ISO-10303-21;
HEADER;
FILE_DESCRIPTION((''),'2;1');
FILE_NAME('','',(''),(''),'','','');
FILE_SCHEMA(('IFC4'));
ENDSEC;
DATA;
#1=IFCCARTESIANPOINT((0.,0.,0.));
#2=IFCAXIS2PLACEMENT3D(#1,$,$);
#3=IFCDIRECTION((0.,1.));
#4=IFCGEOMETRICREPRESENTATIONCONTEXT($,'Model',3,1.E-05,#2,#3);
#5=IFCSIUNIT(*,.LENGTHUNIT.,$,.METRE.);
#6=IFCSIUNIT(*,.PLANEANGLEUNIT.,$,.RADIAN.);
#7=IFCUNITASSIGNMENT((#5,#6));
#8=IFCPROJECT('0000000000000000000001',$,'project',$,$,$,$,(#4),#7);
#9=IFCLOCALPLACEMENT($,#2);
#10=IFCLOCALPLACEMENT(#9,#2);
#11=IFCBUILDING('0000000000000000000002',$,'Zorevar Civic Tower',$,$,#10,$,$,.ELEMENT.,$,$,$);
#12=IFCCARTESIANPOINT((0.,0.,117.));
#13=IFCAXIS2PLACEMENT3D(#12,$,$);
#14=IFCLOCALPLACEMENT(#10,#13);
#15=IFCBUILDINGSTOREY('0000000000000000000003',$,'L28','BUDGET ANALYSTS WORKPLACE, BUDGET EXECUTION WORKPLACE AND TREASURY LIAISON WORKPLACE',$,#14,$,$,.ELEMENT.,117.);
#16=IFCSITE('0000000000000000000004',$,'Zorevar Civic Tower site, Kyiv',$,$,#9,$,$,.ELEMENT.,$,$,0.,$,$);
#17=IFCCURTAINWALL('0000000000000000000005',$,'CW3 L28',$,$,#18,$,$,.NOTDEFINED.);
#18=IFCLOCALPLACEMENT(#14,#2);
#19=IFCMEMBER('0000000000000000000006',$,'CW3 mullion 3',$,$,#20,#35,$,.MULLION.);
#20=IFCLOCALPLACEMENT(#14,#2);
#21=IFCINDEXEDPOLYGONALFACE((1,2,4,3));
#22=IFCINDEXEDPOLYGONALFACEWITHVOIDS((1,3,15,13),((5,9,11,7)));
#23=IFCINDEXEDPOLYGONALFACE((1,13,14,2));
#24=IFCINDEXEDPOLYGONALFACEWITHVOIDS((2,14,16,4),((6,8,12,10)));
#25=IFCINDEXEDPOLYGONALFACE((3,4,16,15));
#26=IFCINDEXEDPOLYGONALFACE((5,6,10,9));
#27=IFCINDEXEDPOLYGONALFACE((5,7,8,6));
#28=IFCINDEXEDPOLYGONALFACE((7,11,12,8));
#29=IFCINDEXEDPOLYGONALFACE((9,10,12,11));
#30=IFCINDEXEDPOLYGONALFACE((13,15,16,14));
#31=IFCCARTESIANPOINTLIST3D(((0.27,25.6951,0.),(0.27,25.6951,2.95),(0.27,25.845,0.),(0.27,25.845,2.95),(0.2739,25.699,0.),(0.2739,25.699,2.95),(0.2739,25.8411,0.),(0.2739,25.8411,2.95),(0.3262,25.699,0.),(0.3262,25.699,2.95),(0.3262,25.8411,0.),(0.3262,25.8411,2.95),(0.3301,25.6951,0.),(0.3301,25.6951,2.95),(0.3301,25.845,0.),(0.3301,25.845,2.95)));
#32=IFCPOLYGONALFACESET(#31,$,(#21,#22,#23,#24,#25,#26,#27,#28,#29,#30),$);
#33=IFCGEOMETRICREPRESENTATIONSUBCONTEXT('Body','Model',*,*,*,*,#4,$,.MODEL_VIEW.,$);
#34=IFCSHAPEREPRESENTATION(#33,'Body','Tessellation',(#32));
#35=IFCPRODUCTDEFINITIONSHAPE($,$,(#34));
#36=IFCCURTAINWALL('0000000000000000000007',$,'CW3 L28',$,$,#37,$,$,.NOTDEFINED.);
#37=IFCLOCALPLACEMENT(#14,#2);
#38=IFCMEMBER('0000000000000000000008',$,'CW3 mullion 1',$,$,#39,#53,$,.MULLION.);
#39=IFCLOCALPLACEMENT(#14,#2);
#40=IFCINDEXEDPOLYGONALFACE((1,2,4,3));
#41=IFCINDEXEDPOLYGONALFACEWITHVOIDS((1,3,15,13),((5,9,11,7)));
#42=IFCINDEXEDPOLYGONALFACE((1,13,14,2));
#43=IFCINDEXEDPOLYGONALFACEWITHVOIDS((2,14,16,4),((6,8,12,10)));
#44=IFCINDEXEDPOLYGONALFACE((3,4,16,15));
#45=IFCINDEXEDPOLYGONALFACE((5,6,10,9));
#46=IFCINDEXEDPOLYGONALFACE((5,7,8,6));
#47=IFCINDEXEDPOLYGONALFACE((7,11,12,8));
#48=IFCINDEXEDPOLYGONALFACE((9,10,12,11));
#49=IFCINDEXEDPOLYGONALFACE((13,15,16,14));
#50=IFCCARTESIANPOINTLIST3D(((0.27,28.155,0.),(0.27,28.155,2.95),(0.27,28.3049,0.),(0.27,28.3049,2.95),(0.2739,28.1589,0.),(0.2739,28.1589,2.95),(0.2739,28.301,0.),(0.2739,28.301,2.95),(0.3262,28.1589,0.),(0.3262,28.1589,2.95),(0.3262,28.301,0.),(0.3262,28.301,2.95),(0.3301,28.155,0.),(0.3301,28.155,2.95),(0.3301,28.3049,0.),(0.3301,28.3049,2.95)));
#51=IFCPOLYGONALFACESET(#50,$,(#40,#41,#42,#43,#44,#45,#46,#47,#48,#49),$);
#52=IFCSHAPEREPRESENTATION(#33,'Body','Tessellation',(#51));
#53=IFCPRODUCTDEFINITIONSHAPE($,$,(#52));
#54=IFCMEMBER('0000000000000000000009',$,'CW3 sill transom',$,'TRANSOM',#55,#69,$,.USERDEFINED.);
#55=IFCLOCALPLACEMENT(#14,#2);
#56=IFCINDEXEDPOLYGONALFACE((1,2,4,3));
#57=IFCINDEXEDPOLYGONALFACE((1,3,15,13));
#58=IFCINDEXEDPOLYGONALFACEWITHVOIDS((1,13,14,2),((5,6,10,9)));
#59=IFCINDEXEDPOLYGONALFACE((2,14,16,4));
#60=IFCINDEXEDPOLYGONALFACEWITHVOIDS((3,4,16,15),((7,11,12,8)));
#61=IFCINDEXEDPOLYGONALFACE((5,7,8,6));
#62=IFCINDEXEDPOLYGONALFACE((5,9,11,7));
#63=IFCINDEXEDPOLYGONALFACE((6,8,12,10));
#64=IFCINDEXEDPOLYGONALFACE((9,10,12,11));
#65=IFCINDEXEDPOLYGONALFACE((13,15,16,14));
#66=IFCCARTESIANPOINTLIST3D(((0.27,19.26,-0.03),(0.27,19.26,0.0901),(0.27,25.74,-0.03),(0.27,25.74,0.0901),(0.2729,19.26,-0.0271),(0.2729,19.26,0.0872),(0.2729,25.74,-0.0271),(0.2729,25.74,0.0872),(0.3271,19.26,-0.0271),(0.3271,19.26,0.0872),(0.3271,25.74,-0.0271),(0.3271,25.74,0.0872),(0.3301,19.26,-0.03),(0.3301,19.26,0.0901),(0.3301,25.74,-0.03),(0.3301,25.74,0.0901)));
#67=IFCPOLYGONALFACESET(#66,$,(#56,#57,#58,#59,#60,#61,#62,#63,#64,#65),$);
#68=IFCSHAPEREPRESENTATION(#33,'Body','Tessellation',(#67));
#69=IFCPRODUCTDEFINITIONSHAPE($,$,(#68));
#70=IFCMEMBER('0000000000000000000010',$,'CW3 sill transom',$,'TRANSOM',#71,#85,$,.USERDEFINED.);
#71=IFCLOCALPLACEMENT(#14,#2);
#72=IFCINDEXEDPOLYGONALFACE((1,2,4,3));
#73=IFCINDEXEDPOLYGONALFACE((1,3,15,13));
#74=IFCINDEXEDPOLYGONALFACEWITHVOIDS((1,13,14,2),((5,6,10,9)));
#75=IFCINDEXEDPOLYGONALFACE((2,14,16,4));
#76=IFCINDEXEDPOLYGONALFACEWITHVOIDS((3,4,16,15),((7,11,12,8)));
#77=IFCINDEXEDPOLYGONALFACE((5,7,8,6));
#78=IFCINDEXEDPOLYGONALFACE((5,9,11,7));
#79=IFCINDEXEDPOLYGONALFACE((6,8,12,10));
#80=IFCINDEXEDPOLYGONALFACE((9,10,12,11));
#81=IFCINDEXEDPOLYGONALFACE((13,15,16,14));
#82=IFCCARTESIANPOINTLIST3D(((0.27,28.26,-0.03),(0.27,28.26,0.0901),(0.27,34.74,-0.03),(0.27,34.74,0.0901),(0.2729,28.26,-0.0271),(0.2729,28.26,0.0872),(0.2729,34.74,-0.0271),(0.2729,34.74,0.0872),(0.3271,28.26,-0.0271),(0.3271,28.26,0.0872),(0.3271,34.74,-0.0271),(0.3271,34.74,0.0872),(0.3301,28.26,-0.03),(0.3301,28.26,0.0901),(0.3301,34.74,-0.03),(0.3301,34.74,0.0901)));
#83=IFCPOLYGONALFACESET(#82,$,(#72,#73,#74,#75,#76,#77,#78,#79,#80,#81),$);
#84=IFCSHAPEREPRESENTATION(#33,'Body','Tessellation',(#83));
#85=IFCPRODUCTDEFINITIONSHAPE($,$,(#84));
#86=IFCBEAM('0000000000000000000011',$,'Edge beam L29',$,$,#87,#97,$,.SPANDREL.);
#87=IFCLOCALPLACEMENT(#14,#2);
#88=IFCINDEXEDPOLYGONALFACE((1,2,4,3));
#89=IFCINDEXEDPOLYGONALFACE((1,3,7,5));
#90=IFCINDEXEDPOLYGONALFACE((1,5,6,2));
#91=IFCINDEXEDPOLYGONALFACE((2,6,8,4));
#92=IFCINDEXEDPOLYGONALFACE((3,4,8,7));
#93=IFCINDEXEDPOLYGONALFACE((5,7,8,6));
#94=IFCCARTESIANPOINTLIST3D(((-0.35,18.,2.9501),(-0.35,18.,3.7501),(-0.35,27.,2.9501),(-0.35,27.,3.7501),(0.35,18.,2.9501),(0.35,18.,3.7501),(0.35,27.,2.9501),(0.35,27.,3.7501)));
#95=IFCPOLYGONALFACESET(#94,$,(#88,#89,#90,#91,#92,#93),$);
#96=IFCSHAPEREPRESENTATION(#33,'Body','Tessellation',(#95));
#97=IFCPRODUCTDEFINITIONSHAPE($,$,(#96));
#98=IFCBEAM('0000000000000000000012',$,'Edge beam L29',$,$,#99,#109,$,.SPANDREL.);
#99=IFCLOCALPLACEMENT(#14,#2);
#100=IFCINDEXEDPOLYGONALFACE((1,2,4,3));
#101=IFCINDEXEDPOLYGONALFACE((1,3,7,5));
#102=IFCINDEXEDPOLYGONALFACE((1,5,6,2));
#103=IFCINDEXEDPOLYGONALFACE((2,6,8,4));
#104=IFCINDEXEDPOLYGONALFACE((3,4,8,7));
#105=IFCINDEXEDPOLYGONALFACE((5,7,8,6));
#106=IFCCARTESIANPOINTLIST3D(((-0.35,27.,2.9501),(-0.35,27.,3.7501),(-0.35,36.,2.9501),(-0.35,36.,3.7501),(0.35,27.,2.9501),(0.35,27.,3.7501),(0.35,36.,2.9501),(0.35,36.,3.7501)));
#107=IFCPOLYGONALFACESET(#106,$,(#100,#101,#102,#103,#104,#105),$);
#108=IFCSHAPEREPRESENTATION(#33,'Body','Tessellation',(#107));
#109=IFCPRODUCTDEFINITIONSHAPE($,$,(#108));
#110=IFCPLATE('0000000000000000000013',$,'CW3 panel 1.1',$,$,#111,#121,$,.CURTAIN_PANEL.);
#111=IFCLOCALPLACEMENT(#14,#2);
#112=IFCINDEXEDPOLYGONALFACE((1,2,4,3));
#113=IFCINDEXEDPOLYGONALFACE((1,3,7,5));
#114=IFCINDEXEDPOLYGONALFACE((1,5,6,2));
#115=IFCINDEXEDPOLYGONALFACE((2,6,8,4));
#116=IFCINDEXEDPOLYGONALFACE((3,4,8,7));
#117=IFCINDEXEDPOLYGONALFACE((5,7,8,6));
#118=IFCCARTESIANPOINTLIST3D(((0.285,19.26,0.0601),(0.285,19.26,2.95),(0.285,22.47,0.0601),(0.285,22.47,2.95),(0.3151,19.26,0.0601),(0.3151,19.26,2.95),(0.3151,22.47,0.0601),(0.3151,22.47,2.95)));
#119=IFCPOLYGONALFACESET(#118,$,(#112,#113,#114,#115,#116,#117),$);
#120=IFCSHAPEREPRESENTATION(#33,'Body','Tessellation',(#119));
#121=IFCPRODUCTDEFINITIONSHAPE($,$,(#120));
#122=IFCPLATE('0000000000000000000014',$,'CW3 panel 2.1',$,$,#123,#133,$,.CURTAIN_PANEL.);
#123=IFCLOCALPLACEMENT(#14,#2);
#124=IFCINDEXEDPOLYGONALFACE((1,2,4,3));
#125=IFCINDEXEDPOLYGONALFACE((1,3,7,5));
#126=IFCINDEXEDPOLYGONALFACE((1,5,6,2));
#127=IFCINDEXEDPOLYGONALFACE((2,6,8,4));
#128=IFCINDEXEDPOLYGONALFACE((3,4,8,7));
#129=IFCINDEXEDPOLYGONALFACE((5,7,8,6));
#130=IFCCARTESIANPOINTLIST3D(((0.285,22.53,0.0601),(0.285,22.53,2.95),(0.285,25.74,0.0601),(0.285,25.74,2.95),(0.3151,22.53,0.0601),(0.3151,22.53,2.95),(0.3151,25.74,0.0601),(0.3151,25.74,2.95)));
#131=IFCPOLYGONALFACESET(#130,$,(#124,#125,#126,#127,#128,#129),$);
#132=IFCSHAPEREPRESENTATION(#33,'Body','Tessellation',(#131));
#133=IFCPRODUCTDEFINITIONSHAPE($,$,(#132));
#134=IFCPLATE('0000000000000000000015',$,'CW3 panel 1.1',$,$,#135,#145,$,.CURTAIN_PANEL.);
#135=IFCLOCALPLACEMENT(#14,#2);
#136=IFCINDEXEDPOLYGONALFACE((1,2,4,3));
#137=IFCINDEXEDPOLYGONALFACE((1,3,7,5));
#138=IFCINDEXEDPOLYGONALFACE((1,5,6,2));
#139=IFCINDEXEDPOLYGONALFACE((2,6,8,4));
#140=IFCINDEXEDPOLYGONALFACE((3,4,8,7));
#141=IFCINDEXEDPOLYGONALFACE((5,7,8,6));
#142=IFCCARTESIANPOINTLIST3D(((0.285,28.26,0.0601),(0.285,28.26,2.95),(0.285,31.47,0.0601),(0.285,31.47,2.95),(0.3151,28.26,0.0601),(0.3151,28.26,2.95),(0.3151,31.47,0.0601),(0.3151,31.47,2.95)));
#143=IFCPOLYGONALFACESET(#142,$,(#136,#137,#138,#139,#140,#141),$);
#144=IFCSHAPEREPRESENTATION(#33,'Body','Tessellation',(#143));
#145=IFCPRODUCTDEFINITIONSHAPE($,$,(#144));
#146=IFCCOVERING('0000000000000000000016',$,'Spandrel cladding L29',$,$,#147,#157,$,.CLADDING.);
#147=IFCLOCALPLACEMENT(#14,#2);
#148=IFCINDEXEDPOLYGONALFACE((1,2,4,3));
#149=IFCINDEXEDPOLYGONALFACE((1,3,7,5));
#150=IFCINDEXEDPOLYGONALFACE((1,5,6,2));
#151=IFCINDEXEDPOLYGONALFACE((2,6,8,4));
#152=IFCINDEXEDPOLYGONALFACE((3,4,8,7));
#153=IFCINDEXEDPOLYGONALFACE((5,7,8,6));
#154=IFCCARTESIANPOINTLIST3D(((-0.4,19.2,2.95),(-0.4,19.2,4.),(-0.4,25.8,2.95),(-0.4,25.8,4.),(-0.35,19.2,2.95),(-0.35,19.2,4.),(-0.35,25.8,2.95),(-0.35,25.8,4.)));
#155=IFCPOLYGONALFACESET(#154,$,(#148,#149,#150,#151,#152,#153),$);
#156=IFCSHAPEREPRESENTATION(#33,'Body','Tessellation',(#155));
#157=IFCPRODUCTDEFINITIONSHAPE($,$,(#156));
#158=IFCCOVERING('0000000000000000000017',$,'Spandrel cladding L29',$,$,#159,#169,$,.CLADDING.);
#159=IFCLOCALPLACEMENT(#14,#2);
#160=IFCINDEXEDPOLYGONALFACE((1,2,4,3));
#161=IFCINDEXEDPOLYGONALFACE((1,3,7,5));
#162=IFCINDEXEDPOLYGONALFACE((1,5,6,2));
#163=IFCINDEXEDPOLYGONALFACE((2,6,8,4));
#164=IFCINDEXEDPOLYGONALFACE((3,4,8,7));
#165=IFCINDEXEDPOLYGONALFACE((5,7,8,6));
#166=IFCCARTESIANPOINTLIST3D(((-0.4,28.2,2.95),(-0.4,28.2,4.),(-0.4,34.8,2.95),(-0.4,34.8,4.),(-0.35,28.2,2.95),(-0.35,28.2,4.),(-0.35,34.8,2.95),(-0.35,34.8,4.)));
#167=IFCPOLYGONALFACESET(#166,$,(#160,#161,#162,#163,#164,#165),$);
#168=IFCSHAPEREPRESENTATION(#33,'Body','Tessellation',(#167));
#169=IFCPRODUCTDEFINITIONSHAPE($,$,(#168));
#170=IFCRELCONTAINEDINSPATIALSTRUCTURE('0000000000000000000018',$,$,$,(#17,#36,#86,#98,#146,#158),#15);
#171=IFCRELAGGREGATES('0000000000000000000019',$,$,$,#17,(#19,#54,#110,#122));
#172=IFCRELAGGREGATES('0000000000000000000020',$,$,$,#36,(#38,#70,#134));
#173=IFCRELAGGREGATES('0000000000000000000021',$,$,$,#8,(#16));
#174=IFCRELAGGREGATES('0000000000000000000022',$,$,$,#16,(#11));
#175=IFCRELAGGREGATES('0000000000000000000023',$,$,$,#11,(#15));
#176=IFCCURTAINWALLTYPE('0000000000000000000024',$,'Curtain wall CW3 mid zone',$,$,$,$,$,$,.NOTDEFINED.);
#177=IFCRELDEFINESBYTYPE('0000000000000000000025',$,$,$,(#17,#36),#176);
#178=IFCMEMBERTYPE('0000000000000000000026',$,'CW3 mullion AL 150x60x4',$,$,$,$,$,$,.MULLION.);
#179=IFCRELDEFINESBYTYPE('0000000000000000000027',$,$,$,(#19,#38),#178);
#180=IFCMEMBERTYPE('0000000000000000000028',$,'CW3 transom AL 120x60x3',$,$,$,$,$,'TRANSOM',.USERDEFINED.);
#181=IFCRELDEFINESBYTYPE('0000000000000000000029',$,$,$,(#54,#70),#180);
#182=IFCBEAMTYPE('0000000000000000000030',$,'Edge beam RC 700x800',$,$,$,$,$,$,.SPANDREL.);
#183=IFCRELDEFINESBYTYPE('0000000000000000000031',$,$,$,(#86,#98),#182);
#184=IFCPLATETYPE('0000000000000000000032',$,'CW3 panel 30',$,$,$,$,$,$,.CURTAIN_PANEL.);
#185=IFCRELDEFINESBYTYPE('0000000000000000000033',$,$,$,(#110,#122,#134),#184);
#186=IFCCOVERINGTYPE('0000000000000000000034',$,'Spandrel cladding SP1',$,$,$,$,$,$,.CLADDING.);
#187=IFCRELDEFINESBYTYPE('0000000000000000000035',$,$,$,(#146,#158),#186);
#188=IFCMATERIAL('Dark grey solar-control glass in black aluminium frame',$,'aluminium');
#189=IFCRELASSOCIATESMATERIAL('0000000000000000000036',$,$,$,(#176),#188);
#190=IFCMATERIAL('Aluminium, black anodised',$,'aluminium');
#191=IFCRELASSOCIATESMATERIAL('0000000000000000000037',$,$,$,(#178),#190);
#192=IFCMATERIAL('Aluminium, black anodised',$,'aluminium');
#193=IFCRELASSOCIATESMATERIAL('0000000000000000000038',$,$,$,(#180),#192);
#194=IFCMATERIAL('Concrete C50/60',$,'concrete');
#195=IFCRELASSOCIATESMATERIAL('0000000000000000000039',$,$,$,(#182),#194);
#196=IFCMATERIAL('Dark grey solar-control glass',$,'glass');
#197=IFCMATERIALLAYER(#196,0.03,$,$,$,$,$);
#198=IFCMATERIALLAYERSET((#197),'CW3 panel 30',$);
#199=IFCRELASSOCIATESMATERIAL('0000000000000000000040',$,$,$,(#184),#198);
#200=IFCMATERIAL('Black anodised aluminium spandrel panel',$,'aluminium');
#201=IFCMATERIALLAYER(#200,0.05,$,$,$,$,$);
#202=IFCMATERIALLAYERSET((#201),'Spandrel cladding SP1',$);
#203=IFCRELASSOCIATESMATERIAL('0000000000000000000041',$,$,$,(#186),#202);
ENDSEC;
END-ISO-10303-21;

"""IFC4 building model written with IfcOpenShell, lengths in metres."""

from ifc_helpers import new_model, si_unit, direction, frame, frame_2d, origin, origin_2d, place, context, subcontext, project, spatial, rectangle, hollow_rectangle, extrude, material, layer, layer_set, material_profile, profile_set, type_object, element, aggregate, save


model = new_model("IFC4")

# Units and contexts
model_context = context("Model", 3, precision=1e-05, world=origin(), true_north=direction((0.0, 1.0)))
body_context = subcontext(model_context, "Body", "Model", "MODEL_VIEW")
ifc_project = project(units=[si_unit("LENGTHUNIT", "METRE"), si_unit("PLANEANGLEUNIT", "RADIAN")], contexts=[model_context])

# Site, building, storey
site_placement = place(None, origin())
site = spatial("IfcSite", under=ifc_project, at=site_placement, Name="Zorevar Civic Tower site, Kyiv", CompositionType="ELEMENT", RefElevation=0.0)
building_placement = place(site_placement, origin())
building = spatial("IfcBuilding", under=site, at=building_placement, Name="Zorevar Civic Tower", CompositionType="ELEMENT")
storey_placement = place(building_placement, frame((0.0, 0.0, 117.0)))
storey = spatial("IfcBuildingStorey", under=building, at=storey_placement, Name="L28", Description="BUDGET ANALYSTS WORKPLACE, BUDGET EXECUTION WORKPLACE AND TREASURY LIAISON WORKPLACE", CompositionType="ELEMENT", Elevation=117.0)

# Curtain wall, member
ifc_material_1 = material(Name="Dark grey solar-control glass in black aluminium frame", Category="aluminium")
curtain_wall_type = type_object("IfcCurtainWallType", Name="Curtain wall CW3 mid zone", PredefinedType="NOTDEFINED", material=ifc_material_1)
curtain_wall_1_placement = place(storey_placement, origin())
curtain_wall_1 = element("IfcCurtainWall", 1, at=curtain_wall_1_placement, inside=storey, type_object=curtain_wall_type, Name="CW3 L28", PredefinedType="NOTDEFINED")
ifc_material_2 = material(Name="Aluminium, black anodised", Category="aluminium")
ifc_material_profile_1 = material_profile(ifc_material_2, hollow_rectangle(XDim=0.0601, YDim=0.1499, WallThickness=0.0039, at=origin_2d()), Name="AL 150x60x4")
ifc_profile_set_1 = profile_set([ifc_material_profile_1], Name="Aluminium, black anodised")
member_type_1 = type_object("IfcMemberType", Name="CW3 mullion AL 150x60x4", PredefinedType="MULLION", material=ifc_profile_set_1)
member_1_placement = place(storey_placement, frame((0.3, 25.77, 0.0), z_axis=(0.0, 0.0, 1.0), x_axis=(-1.0, 0.0, 0.0)))
member_1 = element("IfcMember", 2, at=member_1_placement, type_object=member_type_1, Name="CW3 mullion 3", PredefinedType="MULLION", context=body_context, shape_type="SweptSolid", body=[
    extrude(hollow_rectangle(XDim=0.0601, YDim=0.1499, WallThickness=0.0039, at=origin_2d()), origin(), (0.0, 0.0, 1.0), 2.95),
])

# Curtain wall, member
curtain_wall_2_placement = place(storey_placement, origin())
curtain_wall_2 = element("IfcCurtainWall", 3, at=curtain_wall_2_placement, inside=storey, type_object=curtain_wall_type, Name="CW3 L28", PredefinedType="NOTDEFINED")
member_2_placement = place(storey_placement, frame((0.3, 28.23, 0.0), z_axis=(0.0, 0.0, 1.0), x_axis=(-1.0, 0.0, 0.0)))
member_2 = element("IfcMember", 4, at=member_2_placement, type_object=member_type_1, Name="CW3 mullion 1", PredefinedType="MULLION", context=body_context, shape_type="SweptSolid", body=[
    extrude(hollow_rectangle(XDim=0.0601, YDim=0.1499, WallThickness=0.0039, at=origin_2d()), origin(), (0.0, 0.0, 1.0), 2.95),
])

# Members
ifc_material_3 = material(Name="Aluminium, black anodised", Category="aluminium")
ifc_material_profile_2 = material_profile(ifc_material_3, hollow_rectangle(XDim=0.0601, YDim=0.1201, WallThickness=0.0029, at=origin_2d()), Name="AL 120x60x3")
ifc_profile_set_2 = profile_set([ifc_material_profile_2], Name="Aluminium, black anodised")
member_type_2 = type_object("IfcMemberType", Name="CW3 transom AL 120x60x3", ElementType="TRANSOM", PredefinedType="USERDEFINED", material=ifc_profile_set_2)
member_3_placement = place(storey_placement, frame((0.3, 19.26, 0.03), z_axis=(0.0, 1.0, 0.0), x_axis=(-1.0, 0.0, 0.0)))
member_3 = element("IfcMember", 5, at=member_3_placement, type_object=member_type_2, Name="CW3 sill transom", ObjectType="TRANSOM", PredefinedType="USERDEFINED", context=body_context, shape_type="SweptSolid", body=[
    extrude(hollow_rectangle(XDim=0.0601, YDim=0.1201, WallThickness=0.0029, at=origin_2d()), origin(), (0.0, 0.0, 1.0), 6.48),
])
member_4_placement = place(storey_placement, frame((0.3, 28.26, 0.03), z_axis=(0.0, 1.0, 0.0), x_axis=(-1.0, 0.0, 0.0)))
member_4 = element("IfcMember", 6, at=member_4_placement, type_object=member_type_2, Name="CW3 sill transom", ObjectType="TRANSOM", PredefinedType="USERDEFINED", context=body_context, shape_type="SweptSolid", body=[
    extrude(hollow_rectangle(XDim=0.0601, YDim=0.1201, WallThickness=0.0029, at=origin_2d()), origin(), (0.0, 0.0, 1.0), 6.48),
])

# Beams
ifc_material_4 = material(Name="Concrete C50/60", Category="concrete")
ifc_material_profile_3 = material_profile(ifc_material_4, rectangle(XDim=0.7, YDim=0.8, at=origin_2d()), Name="RC 700x800")
ifc_profile_set_3 = profile_set([ifc_material_profile_3], Name="Concrete C50/60")
beam_type_1 = type_object("IfcBeamType", Name="Edge beam RC 700x800", PredefinedType="SPANDREL", material=ifc_profile_set_3)
for number, where, z_axis, x_axis, name in (
    (7, (0.0, 18.0, 3.3501), (0.0, 1.0, 0.0), (-1.0, 0.0, 0.0), "Edge beam L29"),
    (8, (0.0, 27.0, 3.3501), (0.0, 1.0, 0.0), (-1.0, 0.0, 0.0), "Edge beam L29"),
):
    element("IfcBeam", number, at=place(storey_placement, frame(where, z_axis=z_axis, x_axis=x_axis)), inside=storey, type_object=beam_type_1, Name=name, PredefinedType="SPANDREL", context=body_context, shape_type="SweptSolid", body=[
        extrude(rectangle(XDim=0.7, YDim=0.8, at=origin_2d()), origin(), (0.0, 0.0, 1.0), 9.0),
    ])

# Plates
ifc_material_5 = material(Name="Dark grey solar-control glass", Category="glass")
ifc_layer_1 = layer(ifc_material_5, 0.03)
ifc_layer_set_1 = layer_set([ifc_layer_1], Name="CW3 panel 30")
plate_type = type_object("IfcPlateType", Name="CW3 panel 30", PredefinedType="CURTAIN_PANEL", material=ifc_layer_set_1)
plate_1_placement = place(storey_placement, frame((0.3, 20.865, 0.0601), z_axis=(0.0, 0.0, 1.0), x_axis=(0.0, 1.0, 0.0)))
plate_1 = element("IfcPlate", 9, at=plate_1_placement, type_object=plate_type, Name="CW3 panel 1.1", PredefinedType="CURTAIN_PANEL", context=body_context, shape_type="SweptSolid", body=[
    extrude(rectangle(XDim=3.21, YDim=0.03, at=origin_2d()), origin(), (0.0, 0.0, 1.0), 2.8899),
])
plate_2_placement = place(storey_placement, frame((0.3, 24.135, 0.0601), z_axis=(0.0, 0.0, 1.0), x_axis=(0.0, 1.0, 0.0)))
plate_2 = element("IfcPlate", 10, at=plate_2_placement, type_object=plate_type, Name="CW3 panel 2.1", PredefinedType="CURTAIN_PANEL", context=body_context, shape_type="SweptSolid", body=[
    extrude(rectangle(XDim=3.21, YDim=0.03, at=origin_2d()), origin(), (0.0, 0.0, 1.0), 2.8899),
])
aggregate(curtain_wall_1, [member_1, member_3, plate_1, plate_2])
plate_3_placement = place(storey_placement, frame((0.3, 29.865, 0.0601), z_axis=(0.0, 0.0, 1.0), x_axis=(0.0, 1.0, 0.0)))
plate_3 = element("IfcPlate", 11, at=plate_3_placement, type_object=plate_type, Name="CW3 panel 1.1", PredefinedType="CURTAIN_PANEL", context=body_context, shape_type="SweptSolid", body=[
    extrude(rectangle(XDim=3.21, YDim=0.03, at=origin_2d()), origin(), (0.0, 0.0, 1.0), 2.8899),
])
aggregate(curtain_wall_2, [member_2, member_4, plate_3])

# Coverings
ifc_material_6 = material(Name="Black anodised aluminium spandrel panel", Category="aluminium")
ifc_layer_2 = layer(ifc_material_6, 0.05)
ifc_layer_set_2 = layer_set([ifc_layer_2], Name="Spandrel cladding SP1")
covering_type = type_object("IfcCoveringType", Name="Spandrel cladding SP1", PredefinedType="CLADDING", material=ifc_layer_set_2)
for number, where, z_axis, x_axis, name in (
    (12, (-0.375, 19.2, 2.95), (0.0, 0.0, 1.0), (0.0, 1.0, 0.0), "Spandrel cladding L29"),
    (13, (-0.375, 28.2, 2.95), (0.0, 0.0, 1.0), (0.0, 1.0, 0.0), "Spandrel cladding L29"),
):
    element("IfcCovering", number, at=place(storey_placement, frame(where, z_axis=z_axis, x_axis=x_axis)), inside=storey, type_object=covering_type, Name=name, PredefinedType="CLADDING", context=body_context, shape_type="SweptSolid", body=[
        extrude(rectangle(XDim=6.6001, YDim=0.05, at=frame_2d((3.3, 0.0))), origin(), (0.0, 0.0, 1.0), 1.05),
    ])

save(model, "model.ifc")
